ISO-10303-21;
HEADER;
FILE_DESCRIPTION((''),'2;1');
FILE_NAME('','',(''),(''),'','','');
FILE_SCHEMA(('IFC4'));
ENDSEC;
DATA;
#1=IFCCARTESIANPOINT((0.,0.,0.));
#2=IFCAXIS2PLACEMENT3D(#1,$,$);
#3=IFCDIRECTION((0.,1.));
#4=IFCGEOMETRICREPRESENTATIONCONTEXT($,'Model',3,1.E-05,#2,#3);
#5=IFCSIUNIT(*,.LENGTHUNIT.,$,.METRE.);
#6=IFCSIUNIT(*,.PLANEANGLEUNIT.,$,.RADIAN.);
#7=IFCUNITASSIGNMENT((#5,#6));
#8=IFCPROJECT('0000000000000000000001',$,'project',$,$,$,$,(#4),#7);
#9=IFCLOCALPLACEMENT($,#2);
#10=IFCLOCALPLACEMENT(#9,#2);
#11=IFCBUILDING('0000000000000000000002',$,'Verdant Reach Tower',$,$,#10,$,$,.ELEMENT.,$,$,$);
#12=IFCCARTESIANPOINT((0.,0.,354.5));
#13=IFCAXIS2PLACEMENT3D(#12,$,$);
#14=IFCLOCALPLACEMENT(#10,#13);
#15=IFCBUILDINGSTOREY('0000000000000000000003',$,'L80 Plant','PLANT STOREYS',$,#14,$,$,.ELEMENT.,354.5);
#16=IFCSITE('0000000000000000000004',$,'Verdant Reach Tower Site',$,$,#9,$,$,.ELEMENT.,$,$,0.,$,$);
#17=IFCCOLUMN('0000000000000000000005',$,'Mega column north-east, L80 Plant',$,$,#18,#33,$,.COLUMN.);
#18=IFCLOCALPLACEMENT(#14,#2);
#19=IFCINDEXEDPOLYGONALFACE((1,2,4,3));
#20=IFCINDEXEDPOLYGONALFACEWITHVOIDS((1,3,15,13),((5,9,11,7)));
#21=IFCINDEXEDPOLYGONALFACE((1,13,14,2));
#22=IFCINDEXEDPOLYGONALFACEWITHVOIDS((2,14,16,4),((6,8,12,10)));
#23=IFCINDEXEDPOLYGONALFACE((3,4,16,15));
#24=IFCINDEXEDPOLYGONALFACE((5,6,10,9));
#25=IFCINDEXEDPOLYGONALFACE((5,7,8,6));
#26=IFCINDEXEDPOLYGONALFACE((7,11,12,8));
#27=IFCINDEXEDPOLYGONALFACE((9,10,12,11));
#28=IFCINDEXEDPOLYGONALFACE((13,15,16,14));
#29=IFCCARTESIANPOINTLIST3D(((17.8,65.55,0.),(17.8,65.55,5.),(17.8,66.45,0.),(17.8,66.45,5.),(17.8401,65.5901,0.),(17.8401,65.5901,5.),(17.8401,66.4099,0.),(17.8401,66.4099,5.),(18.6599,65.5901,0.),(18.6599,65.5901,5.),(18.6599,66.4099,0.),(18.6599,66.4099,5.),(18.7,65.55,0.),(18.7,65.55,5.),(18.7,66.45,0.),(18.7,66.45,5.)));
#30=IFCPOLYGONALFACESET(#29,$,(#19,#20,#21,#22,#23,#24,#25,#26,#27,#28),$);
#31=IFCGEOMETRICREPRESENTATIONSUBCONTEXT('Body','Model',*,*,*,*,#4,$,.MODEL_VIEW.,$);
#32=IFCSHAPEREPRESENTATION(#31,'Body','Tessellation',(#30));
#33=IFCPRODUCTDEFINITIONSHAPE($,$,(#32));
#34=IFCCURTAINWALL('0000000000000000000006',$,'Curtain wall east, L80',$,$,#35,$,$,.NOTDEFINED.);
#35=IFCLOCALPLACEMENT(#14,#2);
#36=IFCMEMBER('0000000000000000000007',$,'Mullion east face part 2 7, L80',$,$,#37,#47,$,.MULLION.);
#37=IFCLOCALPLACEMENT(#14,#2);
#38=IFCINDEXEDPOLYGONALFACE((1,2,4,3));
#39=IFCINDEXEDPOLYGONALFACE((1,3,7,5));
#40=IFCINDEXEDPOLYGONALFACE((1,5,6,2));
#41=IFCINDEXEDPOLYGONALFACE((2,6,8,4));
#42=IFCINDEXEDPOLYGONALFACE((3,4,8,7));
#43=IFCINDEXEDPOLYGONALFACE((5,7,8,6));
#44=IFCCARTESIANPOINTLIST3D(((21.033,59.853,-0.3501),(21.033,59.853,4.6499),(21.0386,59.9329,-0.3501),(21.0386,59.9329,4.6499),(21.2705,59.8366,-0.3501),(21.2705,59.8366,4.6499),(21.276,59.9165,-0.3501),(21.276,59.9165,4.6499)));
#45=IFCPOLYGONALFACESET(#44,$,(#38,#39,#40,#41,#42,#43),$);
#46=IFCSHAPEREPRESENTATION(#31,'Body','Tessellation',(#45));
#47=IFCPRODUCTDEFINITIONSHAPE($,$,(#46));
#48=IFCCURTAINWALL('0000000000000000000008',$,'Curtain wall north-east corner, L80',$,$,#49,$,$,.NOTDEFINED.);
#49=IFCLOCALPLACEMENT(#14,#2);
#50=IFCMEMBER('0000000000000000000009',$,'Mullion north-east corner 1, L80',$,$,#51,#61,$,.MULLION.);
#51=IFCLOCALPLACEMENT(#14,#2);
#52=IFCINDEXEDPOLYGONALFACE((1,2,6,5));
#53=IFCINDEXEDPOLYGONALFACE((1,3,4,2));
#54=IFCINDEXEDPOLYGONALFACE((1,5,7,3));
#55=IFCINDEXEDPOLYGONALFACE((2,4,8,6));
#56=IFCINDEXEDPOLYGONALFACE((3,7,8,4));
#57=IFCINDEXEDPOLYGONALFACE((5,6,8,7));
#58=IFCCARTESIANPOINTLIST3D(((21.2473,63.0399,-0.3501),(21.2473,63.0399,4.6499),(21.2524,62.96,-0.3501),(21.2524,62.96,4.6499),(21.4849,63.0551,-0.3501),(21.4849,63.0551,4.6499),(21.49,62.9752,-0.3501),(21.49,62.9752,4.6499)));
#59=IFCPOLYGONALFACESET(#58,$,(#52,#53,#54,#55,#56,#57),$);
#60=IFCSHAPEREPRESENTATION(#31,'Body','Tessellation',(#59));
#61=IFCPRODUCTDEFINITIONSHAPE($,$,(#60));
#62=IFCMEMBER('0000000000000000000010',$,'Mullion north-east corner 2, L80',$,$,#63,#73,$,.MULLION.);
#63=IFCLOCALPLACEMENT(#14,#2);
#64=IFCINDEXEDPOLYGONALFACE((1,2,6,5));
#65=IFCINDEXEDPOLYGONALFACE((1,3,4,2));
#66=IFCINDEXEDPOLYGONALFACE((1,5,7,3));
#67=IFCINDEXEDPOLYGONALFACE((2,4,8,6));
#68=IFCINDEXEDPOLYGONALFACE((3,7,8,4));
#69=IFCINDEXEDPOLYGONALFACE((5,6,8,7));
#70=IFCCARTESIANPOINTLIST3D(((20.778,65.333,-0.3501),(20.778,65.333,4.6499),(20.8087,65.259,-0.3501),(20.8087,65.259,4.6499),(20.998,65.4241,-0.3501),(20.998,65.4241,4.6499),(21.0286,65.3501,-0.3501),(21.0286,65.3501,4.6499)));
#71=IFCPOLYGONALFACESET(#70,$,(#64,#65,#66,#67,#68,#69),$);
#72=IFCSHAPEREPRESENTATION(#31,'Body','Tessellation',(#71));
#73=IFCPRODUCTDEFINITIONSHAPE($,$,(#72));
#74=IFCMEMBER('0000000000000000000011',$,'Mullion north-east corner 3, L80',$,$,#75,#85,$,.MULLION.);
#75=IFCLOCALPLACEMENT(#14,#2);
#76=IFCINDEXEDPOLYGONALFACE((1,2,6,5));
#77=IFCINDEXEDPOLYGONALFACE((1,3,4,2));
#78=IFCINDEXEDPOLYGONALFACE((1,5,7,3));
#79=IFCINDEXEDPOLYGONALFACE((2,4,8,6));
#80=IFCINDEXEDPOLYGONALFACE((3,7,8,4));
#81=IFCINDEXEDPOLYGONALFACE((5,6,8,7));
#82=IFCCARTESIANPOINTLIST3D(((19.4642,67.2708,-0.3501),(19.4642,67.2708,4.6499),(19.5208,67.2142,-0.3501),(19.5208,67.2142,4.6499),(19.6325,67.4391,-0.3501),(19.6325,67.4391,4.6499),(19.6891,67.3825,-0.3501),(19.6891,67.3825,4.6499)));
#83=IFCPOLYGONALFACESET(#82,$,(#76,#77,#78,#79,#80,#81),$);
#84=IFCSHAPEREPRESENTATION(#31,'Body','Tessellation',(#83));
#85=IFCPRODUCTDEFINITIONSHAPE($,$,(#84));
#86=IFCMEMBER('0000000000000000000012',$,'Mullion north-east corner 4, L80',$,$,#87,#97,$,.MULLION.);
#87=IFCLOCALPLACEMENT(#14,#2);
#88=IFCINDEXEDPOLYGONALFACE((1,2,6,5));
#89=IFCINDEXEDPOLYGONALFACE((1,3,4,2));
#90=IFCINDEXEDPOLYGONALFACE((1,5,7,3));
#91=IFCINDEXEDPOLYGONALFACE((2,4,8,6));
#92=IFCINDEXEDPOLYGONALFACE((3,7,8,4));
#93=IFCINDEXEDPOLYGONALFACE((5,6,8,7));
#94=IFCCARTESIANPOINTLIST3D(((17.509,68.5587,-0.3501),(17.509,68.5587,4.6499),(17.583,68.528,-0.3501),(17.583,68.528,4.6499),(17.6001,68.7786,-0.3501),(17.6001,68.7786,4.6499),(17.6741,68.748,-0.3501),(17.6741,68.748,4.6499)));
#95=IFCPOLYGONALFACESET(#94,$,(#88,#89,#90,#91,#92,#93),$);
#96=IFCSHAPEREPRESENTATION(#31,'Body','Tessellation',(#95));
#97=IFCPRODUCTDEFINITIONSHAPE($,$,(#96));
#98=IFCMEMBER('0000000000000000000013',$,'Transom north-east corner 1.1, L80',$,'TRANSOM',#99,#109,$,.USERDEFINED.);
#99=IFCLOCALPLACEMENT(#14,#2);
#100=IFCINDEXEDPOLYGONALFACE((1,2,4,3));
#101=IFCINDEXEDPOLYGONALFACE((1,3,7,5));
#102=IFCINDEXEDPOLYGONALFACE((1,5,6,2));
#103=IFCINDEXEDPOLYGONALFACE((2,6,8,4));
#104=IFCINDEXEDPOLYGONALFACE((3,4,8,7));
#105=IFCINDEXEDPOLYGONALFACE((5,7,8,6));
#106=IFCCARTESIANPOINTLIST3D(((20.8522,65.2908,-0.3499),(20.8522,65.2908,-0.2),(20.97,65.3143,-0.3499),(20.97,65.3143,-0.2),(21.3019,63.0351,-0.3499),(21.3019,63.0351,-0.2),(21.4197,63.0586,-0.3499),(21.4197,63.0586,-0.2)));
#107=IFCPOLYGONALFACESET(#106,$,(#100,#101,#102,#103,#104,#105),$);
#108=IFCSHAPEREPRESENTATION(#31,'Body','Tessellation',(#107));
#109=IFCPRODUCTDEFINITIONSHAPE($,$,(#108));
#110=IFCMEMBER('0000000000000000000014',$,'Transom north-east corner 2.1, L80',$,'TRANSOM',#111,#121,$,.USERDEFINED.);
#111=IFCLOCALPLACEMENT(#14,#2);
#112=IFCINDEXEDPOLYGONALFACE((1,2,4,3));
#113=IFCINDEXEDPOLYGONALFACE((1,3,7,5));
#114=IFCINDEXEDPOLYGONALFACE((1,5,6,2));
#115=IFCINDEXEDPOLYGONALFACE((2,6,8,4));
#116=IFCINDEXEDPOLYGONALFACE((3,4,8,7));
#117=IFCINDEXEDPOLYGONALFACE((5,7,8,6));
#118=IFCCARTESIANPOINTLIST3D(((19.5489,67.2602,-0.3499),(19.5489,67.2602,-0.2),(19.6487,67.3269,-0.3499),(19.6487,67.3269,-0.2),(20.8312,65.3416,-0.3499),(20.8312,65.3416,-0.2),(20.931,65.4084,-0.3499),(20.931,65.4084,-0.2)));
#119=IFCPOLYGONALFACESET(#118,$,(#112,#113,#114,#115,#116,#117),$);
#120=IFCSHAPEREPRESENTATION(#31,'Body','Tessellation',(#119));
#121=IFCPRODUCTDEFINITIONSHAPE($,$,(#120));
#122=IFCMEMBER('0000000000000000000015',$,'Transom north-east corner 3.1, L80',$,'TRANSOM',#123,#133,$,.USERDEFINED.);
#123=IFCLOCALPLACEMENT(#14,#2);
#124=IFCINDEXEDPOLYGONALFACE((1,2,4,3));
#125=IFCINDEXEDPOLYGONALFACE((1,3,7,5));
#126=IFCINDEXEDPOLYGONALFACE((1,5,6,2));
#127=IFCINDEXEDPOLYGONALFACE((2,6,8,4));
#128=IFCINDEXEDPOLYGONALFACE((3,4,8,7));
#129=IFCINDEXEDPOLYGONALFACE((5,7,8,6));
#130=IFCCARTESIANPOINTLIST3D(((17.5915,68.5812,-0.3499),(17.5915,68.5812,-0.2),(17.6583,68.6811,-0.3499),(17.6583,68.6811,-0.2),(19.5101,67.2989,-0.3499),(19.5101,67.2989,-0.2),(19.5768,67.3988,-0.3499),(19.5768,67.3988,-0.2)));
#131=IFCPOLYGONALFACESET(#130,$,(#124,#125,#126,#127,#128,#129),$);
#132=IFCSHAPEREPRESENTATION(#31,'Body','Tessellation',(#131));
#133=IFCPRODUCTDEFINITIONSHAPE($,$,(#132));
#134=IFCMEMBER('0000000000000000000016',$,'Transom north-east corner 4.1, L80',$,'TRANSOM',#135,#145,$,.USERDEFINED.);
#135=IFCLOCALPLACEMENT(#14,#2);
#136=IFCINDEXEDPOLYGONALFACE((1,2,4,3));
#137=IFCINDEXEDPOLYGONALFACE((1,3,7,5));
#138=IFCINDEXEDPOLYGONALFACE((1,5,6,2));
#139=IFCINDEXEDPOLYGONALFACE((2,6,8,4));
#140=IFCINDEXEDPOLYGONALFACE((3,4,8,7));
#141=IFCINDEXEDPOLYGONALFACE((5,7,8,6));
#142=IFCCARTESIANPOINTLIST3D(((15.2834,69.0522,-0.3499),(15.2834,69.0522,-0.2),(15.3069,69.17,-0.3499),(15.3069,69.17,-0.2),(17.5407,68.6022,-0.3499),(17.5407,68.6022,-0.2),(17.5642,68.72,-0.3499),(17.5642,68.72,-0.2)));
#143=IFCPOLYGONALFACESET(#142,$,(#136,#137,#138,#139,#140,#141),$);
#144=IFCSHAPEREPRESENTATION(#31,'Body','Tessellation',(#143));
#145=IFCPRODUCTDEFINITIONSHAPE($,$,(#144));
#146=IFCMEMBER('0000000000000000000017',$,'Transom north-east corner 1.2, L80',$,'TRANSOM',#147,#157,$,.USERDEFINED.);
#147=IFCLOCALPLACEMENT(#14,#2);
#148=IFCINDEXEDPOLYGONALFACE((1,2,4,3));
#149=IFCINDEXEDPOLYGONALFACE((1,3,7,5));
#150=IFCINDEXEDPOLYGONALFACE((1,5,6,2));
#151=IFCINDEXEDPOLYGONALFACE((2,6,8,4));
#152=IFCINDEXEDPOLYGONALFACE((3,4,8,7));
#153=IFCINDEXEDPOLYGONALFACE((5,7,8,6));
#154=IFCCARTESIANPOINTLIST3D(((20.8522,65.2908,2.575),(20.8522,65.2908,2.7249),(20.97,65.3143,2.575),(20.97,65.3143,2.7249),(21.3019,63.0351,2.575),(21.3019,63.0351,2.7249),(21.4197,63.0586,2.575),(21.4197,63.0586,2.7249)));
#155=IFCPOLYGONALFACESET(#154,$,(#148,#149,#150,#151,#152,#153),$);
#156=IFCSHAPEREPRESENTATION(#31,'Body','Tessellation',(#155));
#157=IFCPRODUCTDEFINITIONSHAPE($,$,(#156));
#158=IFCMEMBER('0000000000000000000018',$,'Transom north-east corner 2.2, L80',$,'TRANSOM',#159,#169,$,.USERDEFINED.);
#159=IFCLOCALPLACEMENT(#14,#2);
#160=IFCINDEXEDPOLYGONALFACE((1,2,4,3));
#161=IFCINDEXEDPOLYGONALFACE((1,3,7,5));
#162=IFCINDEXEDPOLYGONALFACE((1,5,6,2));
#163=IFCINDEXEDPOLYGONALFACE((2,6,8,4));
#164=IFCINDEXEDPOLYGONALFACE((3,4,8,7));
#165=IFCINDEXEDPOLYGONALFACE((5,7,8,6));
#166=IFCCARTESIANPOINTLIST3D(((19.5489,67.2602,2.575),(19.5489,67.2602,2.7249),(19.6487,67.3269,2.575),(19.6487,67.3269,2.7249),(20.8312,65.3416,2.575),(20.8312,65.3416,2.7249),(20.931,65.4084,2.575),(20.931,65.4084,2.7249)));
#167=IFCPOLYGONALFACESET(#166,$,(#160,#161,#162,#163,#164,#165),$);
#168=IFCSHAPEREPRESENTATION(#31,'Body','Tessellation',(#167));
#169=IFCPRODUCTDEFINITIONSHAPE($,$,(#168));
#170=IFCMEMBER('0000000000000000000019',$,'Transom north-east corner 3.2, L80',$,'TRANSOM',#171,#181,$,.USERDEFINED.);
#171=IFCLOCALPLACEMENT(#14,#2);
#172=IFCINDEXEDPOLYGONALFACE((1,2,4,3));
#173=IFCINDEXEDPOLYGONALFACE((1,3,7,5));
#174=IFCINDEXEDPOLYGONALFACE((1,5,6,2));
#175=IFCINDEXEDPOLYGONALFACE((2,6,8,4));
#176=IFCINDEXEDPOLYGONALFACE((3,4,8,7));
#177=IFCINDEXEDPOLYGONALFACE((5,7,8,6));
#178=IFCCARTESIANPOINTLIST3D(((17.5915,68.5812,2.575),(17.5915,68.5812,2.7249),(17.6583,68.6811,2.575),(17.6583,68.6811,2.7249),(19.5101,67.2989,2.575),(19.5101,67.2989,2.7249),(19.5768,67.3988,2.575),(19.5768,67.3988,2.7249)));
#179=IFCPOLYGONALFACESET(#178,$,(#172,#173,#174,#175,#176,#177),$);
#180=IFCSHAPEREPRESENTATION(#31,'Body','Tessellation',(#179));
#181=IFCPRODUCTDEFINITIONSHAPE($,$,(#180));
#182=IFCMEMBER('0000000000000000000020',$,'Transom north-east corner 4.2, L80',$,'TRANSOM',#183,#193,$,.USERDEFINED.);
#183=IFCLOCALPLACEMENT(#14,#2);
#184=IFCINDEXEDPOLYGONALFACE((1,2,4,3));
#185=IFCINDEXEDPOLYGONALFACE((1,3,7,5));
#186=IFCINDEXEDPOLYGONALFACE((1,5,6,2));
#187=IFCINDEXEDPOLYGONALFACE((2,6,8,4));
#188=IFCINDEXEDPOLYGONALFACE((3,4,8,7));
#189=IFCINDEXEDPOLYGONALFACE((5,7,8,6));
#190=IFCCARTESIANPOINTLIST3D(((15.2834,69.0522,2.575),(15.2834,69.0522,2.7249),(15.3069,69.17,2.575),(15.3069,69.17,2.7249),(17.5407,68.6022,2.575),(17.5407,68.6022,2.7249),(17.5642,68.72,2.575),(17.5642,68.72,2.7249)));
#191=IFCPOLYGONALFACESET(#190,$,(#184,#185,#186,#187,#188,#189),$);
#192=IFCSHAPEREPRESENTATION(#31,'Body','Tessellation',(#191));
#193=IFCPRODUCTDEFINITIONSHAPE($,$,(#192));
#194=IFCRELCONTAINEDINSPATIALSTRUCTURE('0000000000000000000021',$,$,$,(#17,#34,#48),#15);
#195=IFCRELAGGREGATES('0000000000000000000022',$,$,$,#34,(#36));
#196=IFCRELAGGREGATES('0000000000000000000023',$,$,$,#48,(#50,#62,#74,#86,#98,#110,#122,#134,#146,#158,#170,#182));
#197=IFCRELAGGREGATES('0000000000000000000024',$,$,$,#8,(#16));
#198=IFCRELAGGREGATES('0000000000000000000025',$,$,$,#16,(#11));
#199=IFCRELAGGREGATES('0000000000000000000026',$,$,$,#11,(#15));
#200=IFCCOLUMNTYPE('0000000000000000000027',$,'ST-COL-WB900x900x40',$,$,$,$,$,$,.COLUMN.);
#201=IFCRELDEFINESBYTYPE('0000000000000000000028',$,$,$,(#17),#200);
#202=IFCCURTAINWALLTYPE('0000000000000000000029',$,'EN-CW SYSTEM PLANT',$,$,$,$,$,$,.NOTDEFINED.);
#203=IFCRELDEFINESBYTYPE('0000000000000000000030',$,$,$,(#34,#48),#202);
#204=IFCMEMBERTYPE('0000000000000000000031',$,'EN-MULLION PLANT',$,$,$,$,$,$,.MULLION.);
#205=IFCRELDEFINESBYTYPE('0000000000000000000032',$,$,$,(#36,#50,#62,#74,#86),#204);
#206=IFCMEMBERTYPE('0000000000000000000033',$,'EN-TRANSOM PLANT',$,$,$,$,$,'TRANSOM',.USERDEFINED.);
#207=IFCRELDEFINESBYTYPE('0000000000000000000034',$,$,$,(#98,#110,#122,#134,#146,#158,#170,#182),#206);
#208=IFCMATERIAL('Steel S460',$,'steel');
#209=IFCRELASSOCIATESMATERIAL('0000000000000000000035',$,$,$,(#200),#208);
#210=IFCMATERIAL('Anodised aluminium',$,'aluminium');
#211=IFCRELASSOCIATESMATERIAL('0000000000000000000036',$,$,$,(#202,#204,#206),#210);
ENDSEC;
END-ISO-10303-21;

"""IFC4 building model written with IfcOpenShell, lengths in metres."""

from ifc_helpers import new_model, si_unit, direction, frame, origin, origin_2d, place, context, subcontext, project, spatial, rectangle, hollow_rectangle, extrude, material, material_profile, profile_set, type_object, element, aggregate, save


model = new_model("IFC4")

# Units and contexts
model_context = context("Model", 3, precision=1e-05, world=origin(), true_north=direction((0.0, 1.0)))
body_context = subcontext(model_context, "Body", "Model", "MODEL_VIEW")
ifc_project = project(units=[si_unit("LENGTHUNIT", "METRE"), si_unit("PLANEANGLEUNIT", "RADIAN")], contexts=[model_context])

# Site, building, storey
site_placement = place(None, origin())
site = spatial("IfcSite", under=ifc_project, at=site_placement, Name="Verdant Reach Tower Site", CompositionType="ELEMENT", RefElevation=0.0)
building_placement = place(site_placement, origin())
building = spatial("IfcBuilding", under=site, at=building_placement, Name="Verdant Reach Tower", CompositionType="ELEMENT")
storey_placement = place(building_placement, frame((0.0, 0.0, 354.5)))
storey = spatial("IfcBuildingStorey", under=building, at=storey_placement, Name="L80 Plant", Description="PLANT STOREYS", CompositionType="ELEMENT", Elevation=354.5)

# Column
ifc_material_1 = material(Name="Steel S460", Category="steel")
ifc_material_profile_1 = material_profile(ifc_material_1, hollow_rectangle(XDim=0.8999, YDim=0.8999, WallThickness=0.04, at=origin_2d()), Name="WB 900x900x40")
ifc_profile_set_1 = profile_set([ifc_material_profile_1], Name="Steel S460")
column_type = type_object("IfcColumnType", Name="ST-COL-WB900x900x40", PredefinedType="COLUMN", material=ifc_profile_set_1)
column_placement = place(storey_placement, frame((18.25, 66.0, 0.0), z_axis=(0.0, 0.0, 1.0), x_axis=(1.0, 0.0, 0.0)))
element("IfcColumn", 1, at=column_placement, inside=storey, type_object=column_type, Name="Mega column north-east, L80 Plant", PredefinedType="COLUMN", context=body_context, shape_type="SweptSolid", body=[
    extrude(hollow_rectangle(XDim=0.8999, YDim=0.8999, WallThickness=0.04, at=origin_2d()), origin(), (0.0, 0.0, 1.0), 5.0),
])

# Curtain wall, member
ifc_material_2 = material(Name="Anodised aluminium", Category="aluminium")
curtain_wall_type = type_object("IfcCurtainWallType", Name="EN-CW SYSTEM PLANT", PredefinedType="NOTDEFINED", material=ifc_material_2)
curtain_wall_1_placement = place(storey_placement, origin())
curtain_wall_1 = element("IfcCurtainWall", 2, at=curtain_wall_1_placement, inside=storey, type_object=curtain_wall_type, Name="Curtain wall east, L80", PredefinedType="NOTDEFINED")
ifc_material_profile_2 = material_profile(ifc_material_2, rectangle(XDim=0.238, YDim=0.0801, at=origin_2d()), Name="Mullion 80x240")
ifc_profile_set_2 = profile_set([ifc_material_profile_2], Name="Anodised aluminium")
member_type_1 = type_object("IfcMemberType", Name="EN-MULLION PLANT", PredefinedType="MULLION", material=ifc_profile_set_2)
member_1_placement = place(storey_placement, frame((21.1545, 59.8848, -0.3501), z_axis=(0.0, 0.0, 1.0), x_axis=(0.99763, -0.068802, 0.0)))
member_1 = element("IfcMember", 3, at=member_1_placement, type_object=member_type_1, Name="Mullion east face part 2 7, L80", PredefinedType="MULLION", context=body_context, shape_type="SweptSolid", body=[
    extrude(rectangle(XDim=0.238, YDim=0.0801, at=origin_2d()), origin(), (0.0, 0.0, 1.0), 5.0),
])

# Curtain wall, members
curtain_wall_2_placement = place(storey_placement, origin())
curtain_wall_2 = element("IfcCurtainWall", 4, at=curtain_wall_2_placement, inside=storey, type_object=curtain_wall_type, Name="Curtain wall north-east corner, L80", PredefinedType="NOTDEFINED")
member_2_placement = place(storey_placement, frame((21.3687, 63.0076, -0.3501), z_axis=(0.0, 0.0, 1.0), x_axis=(0.997969, 0.063699, 0.0)))
member_2 = element("IfcMember", 5, at=member_2_placement, type_object=member_type_1, Name="Mullion north-east corner 1, L80", PredefinedType="MULLION", context=body_context, shape_type="SweptSolid", body=[
    extrude(rectangle(XDim=0.238, YDim=0.0801, at=origin_2d()), origin(), (0.0, 0.0, 1.0), 5.0),
])
member_3_placement = place(storey_placement, frame((20.9033, 65.3416, -0.3501), z_axis=(0.0, 0.0, 1.0), x_axis=(0.923875, 0.382694, 0.0)))
member_3 = element("IfcMember", 6, at=member_3_placement, type_object=member_type_1, Name="Mullion north-east corner 2, L80", PredefinedType="MULLION", context=body_context, shape_type="SweptSolid", body=[
    extrude(rectangle(XDim=0.238, YDim=0.0801, at=origin_2d()), origin(), (0.0, 0.0, 1.0), 5.0),
])
member_4_placement = place(storey_placement, frame((19.5767, 67.3267, -0.3501), z_axis=(0.0, 0.0, 1.0), x_axis=(0.707107, 0.707107, 0.0)))
member_4 = element("IfcMember", 7, at=member_4_placement, type_object=member_type_1, Name="Mullion north-east corner 3, L80", PredefinedType="MULLION", context=body_context, shape_type="SweptSolid", body=[
    extrude(rectangle(XDim=0.238, YDim=0.0801, at=origin_2d()), origin(), (0.0, 0.0, 1.0), 5.0),
])
member_5_placement = place(storey_placement, frame((17.5916, 68.6533, -0.3501), z_axis=(0.0, 0.0, 1.0), x_axis=(0.382694, 0.923875, 0.0)))
member_5 = element("IfcMember", 8, at=member_5_placement, type_object=member_type_1, Name="Mullion north-east corner 4, L80", PredefinedType="MULLION", context=body_context, shape_type="SweptSolid", body=[
    extrude(rectangle(XDim=0.238, YDim=0.0801, at=origin_2d()), origin(), (0.0, 0.0, 1.0), 5.0),
])
ifc_material_profile_3 = material_profile(ifc_material_2, rectangle(XDim=0.1201, YDim=0.1499, at=origin_2d()), Name="Transom 150x120")
ifc_profile_set_3 = profile_set([ifc_material_profile_3], Name="Anodised aluminium")
member_type_2 = type_object("IfcMemberType", Name="EN-TRANSOM PLANT", ElementType="TRANSOM", PredefinedType="USERDEFINED", material=ifc_profile_set_3)
member_6_placement = place(storey_placement, frame((21.3608, 63.0469, -0.2749), z_axis=(-0.195524, 0.980699, 0.0), x_axis=(-0.980699, -0.195524, 0.0)))
member_6 = element("IfcMember", 9, at=member_6_placement, type_object=member_type_2, Name="Transom north-east corner 1.1, L80", ObjectType="TRANSOM", PredefinedType="USERDEFINED", context=body_context, shape_type="SweptSolid", body=[
    extrude(rectangle(XDim=0.1201, YDim=0.1499, at=origin_2d()), origin(), (0.0, 0.0, 1.0), 2.3),
])
member_7_placement = place(storey_placement, frame((20.8811, 65.375, -0.2749), z_axis=(-0.555676, 0.831399, 0.0), x_axis=(-0.831399, -0.555676, 0.0)))
member_7 = element("IfcMember", 10, at=member_7_placement, type_object=member_type_2, Name="Transom north-east corner 2.1, L80", ObjectType="TRANSOM", PredefinedType="USERDEFINED", context=body_context, shape_type="SweptSolid", body=[
    extrude(rectangle(XDim=0.1201, YDim=0.1499, at=origin_2d()), origin(), (0.0, 0.0, 1.0), 2.3076),
])
member_8_placement = place(storey_placement, frame((19.5435, 67.3489, -0.2749), z_axis=(-0.831399, 0.555676, 0.0), x_axis=(-0.555676, -0.831399, 0.0)))
member_8 = element("IfcMember", 11, at=member_8_placement, type_object=member_type_2, Name="Transom north-east corner 3.1, L80", ObjectType="TRANSOM", PredefinedType="USERDEFINED", context=body_context, shape_type="SweptSolid", body=[
    extrude(rectangle(XDim=0.1201, YDim=0.1499, at=origin_2d()), origin(), (0.0, 0.0, 1.0), 2.3076),
])
member_9_placement = place(storey_placement, frame((17.5525, 68.6611, -0.2749), z_axis=(-0.980707, 0.195484, 0.0), x_axis=(-0.195484, -0.980707, 0.0)))
member_9 = element("IfcMember", 12, at=member_9_placement, type_object=member_type_2, Name="Transom north-east corner 4.1, L80", ObjectType="TRANSOM", PredefinedType="USERDEFINED", context=body_context, shape_type="SweptSolid", body=[
    extrude(rectangle(XDim=0.1201, YDim=0.1499, at=origin_2d()), origin(), (0.0, 0.0, 1.0), 2.3018),
])
member_10_placement = place(storey_placement, frame((21.3608, 63.0469, 2.6499), z_axis=(-0.195524, 0.980699, 0.0), x_axis=(-0.980699, -0.195524, 0.0)))
member_10 = element("IfcMember", 13, at=member_10_placement, type_object=member_type_2, Name="Transom north-east corner 1.2, L80", ObjectType="TRANSOM", PredefinedType="USERDEFINED", context=body_context, shape_type="SweptSolid", body=[
    extrude(rectangle(XDim=0.1201, YDim=0.1499, at=origin_2d()), origin(), (0.0, 0.0, 1.0), 2.3),
])
member_11_placement = place(storey_placement, frame((20.8811, 65.375, 2.6499), z_axis=(-0.555676, 0.831399, 0.0), x_axis=(-0.831399, -0.555676, 0.0)))
member_11 = element("IfcMember", 14, at=member_11_placement, type_object=member_type_2, Name="Transom north-east corner 2.2, L80", ObjectType="TRANSOM", PredefinedType="USERDEFINED", context=body_context, shape_type="SweptSolid", body=[
    extrude(rectangle(XDim=0.1201, YDim=0.1499, at=origin_2d()), origin(), (0.0, 0.0, 1.0), 2.3076),
])
member_12_placement = place(storey_placement, frame((19.5435, 67.3489, 2.6499), z_axis=(-0.831399, 0.555676, 0.0), x_axis=(-0.555676, -0.831399, 0.0)))
member_12 = element("IfcMember", 15, at=member_12_placement, type_object=member_type_2, Name="Transom north-east corner 3.2, L80", ObjectType="TRANSOM", PredefinedType="USERDEFINED", context=body_context, shape_type="SweptSolid", body=[
    extrude(rectangle(XDim=0.1201, YDim=0.1499, at=origin_2d()), origin(), (0.0, 0.0, 1.0), 2.3076),
])
member_13_placement = place(storey_placement, frame((17.5525, 68.6611, 2.6499), z_axis=(-0.980707, 0.195484, 0.0), x_axis=(-0.195484, -0.980707, 0.0)))
member_13 = element("IfcMember", 16, at=member_13_placement, type_object=member_type_2, Name="Transom north-east corner 4.2, L80", ObjectType="TRANSOM", PredefinedType="USERDEFINED", context=body_context, shape_type="SweptSolid", body=[
    extrude(rectangle(XDim=0.1201, YDim=0.1499, at=origin_2d()), origin(), (0.0, 0.0, 1.0), 2.3018),
])

aggregate(curtain_wall_1, [member_1])
aggregate(curtain_wall_2, [member_2, member_3, member_4, member_5, member_6, member_7, member_8, member_9, member_10, member_11, member_12, member_13])

save(model, "model.ifc")
